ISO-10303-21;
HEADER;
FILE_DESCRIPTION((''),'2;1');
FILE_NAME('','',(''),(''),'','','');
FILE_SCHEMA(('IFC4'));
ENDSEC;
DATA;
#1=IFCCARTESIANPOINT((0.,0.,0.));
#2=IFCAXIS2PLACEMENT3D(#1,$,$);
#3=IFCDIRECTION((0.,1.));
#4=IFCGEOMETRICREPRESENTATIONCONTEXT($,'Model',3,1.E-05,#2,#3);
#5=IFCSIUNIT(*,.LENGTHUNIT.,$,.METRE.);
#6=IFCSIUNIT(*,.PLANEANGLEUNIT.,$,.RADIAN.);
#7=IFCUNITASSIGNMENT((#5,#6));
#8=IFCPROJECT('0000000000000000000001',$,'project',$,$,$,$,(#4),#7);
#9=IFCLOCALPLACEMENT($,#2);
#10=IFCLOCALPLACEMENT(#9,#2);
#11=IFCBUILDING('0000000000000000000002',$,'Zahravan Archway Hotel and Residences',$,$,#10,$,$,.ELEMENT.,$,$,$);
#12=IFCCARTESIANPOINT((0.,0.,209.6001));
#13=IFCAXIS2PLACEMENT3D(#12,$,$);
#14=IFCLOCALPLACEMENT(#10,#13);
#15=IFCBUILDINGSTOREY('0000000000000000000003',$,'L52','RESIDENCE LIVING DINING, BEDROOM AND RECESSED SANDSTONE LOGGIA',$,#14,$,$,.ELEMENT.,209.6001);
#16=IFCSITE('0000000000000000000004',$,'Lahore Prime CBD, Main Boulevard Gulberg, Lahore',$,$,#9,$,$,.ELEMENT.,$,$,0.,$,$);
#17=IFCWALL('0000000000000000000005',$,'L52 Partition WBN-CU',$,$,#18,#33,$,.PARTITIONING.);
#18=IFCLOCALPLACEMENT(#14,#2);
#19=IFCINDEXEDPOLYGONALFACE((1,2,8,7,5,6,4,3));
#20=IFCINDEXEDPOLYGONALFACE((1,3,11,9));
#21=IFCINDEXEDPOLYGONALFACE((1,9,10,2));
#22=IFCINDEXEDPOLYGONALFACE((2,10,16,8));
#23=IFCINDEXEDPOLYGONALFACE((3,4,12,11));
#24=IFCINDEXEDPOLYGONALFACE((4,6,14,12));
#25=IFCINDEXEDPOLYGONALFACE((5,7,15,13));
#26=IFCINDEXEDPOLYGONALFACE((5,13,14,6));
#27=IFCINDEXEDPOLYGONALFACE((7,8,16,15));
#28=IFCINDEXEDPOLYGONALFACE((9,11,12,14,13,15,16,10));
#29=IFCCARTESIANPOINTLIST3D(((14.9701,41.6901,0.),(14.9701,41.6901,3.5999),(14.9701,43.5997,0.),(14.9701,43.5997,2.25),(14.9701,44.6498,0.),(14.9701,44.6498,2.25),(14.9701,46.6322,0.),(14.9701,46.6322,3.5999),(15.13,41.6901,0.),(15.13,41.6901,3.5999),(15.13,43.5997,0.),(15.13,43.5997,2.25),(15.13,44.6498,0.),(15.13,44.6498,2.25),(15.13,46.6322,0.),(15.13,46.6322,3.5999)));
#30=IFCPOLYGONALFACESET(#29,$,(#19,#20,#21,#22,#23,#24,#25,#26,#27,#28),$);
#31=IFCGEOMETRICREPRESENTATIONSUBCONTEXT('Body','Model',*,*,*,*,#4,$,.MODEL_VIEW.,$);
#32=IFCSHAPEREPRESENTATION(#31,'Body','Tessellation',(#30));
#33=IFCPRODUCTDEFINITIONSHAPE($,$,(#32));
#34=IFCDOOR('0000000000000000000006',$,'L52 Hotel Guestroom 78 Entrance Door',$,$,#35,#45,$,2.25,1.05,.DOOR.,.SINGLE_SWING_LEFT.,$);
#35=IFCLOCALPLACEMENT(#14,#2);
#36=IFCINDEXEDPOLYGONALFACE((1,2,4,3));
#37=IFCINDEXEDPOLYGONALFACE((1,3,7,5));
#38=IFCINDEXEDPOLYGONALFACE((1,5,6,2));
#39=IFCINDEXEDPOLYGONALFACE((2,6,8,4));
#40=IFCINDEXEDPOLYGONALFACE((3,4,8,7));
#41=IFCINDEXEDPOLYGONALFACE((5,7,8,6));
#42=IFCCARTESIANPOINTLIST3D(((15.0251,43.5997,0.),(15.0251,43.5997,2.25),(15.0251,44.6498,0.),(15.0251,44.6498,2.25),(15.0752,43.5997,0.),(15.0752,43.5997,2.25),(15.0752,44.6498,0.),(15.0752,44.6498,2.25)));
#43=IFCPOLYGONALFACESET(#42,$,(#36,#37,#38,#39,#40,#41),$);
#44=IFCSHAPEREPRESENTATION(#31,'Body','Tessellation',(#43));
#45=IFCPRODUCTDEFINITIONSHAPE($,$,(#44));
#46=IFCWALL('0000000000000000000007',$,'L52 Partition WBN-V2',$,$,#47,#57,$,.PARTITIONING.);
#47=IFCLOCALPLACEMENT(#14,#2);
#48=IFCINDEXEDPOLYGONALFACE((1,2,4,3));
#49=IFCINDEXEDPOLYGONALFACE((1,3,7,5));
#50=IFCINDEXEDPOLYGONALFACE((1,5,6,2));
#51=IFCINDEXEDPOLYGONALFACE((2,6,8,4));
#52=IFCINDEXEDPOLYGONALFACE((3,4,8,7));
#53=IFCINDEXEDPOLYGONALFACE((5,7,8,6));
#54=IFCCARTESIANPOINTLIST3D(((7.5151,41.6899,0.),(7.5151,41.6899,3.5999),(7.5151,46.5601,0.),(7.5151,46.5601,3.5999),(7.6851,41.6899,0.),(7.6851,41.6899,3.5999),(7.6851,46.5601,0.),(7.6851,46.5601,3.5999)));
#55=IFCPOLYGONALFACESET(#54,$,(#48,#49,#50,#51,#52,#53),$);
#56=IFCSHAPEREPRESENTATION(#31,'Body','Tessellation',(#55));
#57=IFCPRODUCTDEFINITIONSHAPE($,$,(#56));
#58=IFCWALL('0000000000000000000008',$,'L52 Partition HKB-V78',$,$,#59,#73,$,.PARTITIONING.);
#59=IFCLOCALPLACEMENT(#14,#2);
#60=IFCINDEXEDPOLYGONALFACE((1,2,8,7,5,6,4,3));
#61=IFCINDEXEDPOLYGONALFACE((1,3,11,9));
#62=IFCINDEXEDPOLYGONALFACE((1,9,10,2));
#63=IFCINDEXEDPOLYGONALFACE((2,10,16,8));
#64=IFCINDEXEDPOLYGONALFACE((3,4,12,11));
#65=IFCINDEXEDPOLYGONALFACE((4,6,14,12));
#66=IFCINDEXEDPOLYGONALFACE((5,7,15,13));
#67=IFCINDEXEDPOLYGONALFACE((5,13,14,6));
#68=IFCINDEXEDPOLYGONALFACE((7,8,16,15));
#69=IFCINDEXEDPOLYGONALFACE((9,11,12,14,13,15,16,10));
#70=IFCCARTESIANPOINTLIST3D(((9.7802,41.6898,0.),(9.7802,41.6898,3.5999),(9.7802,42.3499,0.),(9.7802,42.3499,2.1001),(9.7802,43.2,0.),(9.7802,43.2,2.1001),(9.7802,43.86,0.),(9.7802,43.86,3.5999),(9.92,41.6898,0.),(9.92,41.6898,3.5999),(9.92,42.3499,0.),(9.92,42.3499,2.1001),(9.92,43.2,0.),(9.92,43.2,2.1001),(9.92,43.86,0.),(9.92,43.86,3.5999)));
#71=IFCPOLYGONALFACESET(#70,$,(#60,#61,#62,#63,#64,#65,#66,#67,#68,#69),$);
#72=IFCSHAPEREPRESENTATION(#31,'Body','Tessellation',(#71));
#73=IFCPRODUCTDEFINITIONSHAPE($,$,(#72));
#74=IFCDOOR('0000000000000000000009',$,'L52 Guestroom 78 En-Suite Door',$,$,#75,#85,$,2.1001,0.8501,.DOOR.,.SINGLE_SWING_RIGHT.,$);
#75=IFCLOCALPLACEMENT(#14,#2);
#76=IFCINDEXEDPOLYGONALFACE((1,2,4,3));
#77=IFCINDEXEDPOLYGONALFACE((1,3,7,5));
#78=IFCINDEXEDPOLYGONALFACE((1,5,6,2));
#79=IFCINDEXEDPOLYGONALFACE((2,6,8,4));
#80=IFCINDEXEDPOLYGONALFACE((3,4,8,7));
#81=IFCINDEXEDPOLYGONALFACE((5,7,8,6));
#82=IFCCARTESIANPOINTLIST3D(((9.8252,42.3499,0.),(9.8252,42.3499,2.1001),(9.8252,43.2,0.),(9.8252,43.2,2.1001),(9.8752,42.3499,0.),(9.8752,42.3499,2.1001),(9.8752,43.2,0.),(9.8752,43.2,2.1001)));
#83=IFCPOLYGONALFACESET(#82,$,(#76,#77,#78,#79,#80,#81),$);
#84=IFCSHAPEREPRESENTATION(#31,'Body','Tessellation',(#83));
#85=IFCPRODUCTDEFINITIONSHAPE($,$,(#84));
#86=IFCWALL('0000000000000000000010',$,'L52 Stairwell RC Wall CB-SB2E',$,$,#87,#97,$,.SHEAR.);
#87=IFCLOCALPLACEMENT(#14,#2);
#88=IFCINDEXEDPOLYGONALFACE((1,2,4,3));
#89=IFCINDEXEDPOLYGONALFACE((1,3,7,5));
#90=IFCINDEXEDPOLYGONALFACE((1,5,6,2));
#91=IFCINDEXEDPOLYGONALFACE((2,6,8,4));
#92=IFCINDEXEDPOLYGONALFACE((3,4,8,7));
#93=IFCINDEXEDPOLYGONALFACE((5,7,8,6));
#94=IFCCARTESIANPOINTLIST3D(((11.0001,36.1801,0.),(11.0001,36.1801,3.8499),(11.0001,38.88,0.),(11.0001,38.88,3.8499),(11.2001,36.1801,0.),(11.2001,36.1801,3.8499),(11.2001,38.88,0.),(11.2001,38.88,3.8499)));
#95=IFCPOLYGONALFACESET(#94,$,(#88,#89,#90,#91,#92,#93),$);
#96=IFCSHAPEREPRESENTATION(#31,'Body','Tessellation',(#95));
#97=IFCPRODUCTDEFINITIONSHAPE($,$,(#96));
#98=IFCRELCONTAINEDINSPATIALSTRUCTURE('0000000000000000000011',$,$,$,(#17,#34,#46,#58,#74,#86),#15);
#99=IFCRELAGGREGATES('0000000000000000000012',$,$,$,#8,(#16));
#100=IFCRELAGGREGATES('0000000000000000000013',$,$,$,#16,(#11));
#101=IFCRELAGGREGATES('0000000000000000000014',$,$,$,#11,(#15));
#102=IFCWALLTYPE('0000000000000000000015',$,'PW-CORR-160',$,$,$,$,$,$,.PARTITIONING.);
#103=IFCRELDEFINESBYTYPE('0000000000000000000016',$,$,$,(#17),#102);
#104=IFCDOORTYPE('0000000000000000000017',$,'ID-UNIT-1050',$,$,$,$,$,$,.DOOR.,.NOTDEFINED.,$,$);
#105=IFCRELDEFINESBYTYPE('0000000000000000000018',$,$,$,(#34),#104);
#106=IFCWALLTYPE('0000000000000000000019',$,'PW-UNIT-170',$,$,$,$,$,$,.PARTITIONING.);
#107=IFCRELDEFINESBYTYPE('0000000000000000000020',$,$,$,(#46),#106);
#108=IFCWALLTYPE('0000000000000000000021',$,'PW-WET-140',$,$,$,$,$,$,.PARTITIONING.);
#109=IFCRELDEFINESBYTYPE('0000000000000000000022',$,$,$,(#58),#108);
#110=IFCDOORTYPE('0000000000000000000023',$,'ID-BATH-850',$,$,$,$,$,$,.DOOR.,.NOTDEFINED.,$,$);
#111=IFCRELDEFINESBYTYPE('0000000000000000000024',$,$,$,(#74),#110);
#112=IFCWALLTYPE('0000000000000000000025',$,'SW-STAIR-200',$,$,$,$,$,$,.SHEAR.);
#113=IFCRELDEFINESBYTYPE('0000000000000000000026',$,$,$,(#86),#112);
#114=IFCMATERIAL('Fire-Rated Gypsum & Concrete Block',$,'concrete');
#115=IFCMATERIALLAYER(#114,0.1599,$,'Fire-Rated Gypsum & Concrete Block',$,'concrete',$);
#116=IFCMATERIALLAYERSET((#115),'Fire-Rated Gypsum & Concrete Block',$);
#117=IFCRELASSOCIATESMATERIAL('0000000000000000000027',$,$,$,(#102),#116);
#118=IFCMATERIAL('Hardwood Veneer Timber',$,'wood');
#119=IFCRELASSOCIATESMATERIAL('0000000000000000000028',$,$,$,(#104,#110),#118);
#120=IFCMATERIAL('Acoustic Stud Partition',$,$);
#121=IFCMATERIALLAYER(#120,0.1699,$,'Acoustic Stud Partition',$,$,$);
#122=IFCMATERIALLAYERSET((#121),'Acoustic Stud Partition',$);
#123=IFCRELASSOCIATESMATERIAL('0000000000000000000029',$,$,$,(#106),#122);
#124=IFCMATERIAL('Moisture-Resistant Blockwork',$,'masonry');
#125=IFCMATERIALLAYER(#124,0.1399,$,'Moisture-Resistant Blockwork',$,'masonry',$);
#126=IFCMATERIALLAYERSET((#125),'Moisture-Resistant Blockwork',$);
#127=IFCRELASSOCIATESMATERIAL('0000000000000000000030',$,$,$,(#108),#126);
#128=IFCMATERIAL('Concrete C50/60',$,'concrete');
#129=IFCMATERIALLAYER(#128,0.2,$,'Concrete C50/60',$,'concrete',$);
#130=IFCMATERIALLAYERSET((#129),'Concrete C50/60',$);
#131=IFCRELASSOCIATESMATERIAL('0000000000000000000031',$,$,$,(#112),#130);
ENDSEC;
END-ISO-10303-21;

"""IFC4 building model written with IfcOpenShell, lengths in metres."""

from ifc_helpers import new_model, si_unit, direction, frame, frame_2d, origin, place, context, subcontext, project, spatial, rectangle, extrude, source, transform, mapped, material, layer, layer_set, type_object, type_shapes, element, fill, save


model = new_model("IFC4")

# Units and contexts
model_context = context("Model", 3, precision=1e-05, world=origin(), true_north=direction((0.0, 1.0)))
body_context = subcontext(model_context, "Body", "Model", "MODEL_VIEW")
ifc_project = project(units=[si_unit("LENGTHUNIT", "METRE"), si_unit("PLANEANGLEUNIT", "RADIAN")], contexts=[model_context])

# Site, building, storey
site_placement = place(None, origin())
site = spatial("IfcSite", under=ifc_project, at=site_placement, Name="Lahore Prime CBD, Main Boulevard Gulberg, Lahore", CompositionType="ELEMENT", RefElevation=0.0)
building_placement = place(site_placement, origin())
building = spatial("IfcBuilding", under=site, at=building_placement, Name="Zahravan Archway Hotel and Residences", CompositionType="ELEMENT")
storey_placement = place(building_placement, frame((0.0, 0.0, 209.6001)))
storey = spatial("IfcBuildingStorey", under=building, at=storey_placement, Name="L52", Description="RESIDENCE LIVING DINING, BEDROOM AND RECESSED SANDSTONE LOGGIA", CompositionType="ELEMENT", Elevation=209.6001)

# Wall, opening, door
ifc_material_1 = material(Name="Fire-Rated Gypsum & Concrete Block", Category="concrete")
ifc_layer_1 = layer(ifc_material_1, 0.1599, Name="Fire-Rated Gypsum & Concrete Block", Category="concrete")
ifc_layer_set_1 = layer_set([ifc_layer_1], Name="Fire-Rated Gypsum & Concrete Block")
wall_type_1 = type_object("IfcWallType", Name="PW-CORR-160", PredefinedType="PARTITIONING", material=ifc_layer_set_1)
wall_1_placement = place(storey_placement, frame((15.05, 41.6899, 0.0), z_axis=(0.0, 0.0, 1.0), x_axis=(0.0, 1.0, 0.0)))
wall_1 = element("IfcWall", 1, at=wall_1_placement, inside=storey, type_object=wall_type_1, Name="L52 Partition WBN-CU", PredefinedType="PARTITIONING", context=body_context, shape_type="SweptSolid", body=[
    extrude(rectangle(XDim=4.9421, YDim=0.1599, at=frame_2d((2.4712, 0.0))), origin(), (0.0, 0.0, 1.0), 3.5999),
])
opening_1_placement = place(wall_1_placement, frame((1.9099, 0.0, 0.0)))
opening_1 = element("IfcOpeningElement", 2, at=opening_1_placement, cuts=wall_1, PredefinedType="OPENING", context=body_context, shape_type="SweptSolid", body=[
    extrude(rectangle(XDim=1.05, YDim=2.25, at=frame_2d((0.5249, 1.125))), frame((0.0, 0.0898, 0.0), z_axis=(0.0, -1.0, 0.0), x_axis=(1.0, 0.0, 0.0)), (0.0, 0.0, 1.0), 0.1799),
])
ifc_material_2 = material(Name="Hardwood Veneer Timber", Category="wood")
door_type_1 = type_object("IfcDoorType", Name="ID-UNIT-1050", OperationType="NOTDEFINED", PredefinedType="DOOR", material=ifc_material_2)
shared_shape_1 = source(origin(), body_context, "Body", "SweptSolid", [
    extrude(rectangle(XDim=1.05, YDim=2.25, at=frame_2d((0.5249, 1.125))), frame((0.0, 0.0249, 0.0), z_axis=(0.0, -1.0, 0.0), x_axis=(1.0, 0.0, 0.0)), (0.0, 0.0, 1.0), 0.05),
])
type_shapes(door_type_1, [shared_shape_1])
door_1_placement = place(opening_1_placement, origin())
door_1 = element("IfcDoor", 3, at=door_1_placement, inside=storey, type_object=door_type_1, Name="L52 Hotel Guestroom 78 Entrance Door", OperationType="SINGLE_SWING_LEFT", OverallHeight=2.25, OverallWidth=1.05, PredefinedType="DOOR", context=body_context, shape_type="MappedRepresentation", body=[
    mapped(shared_shape_1, transform((0.0, 0.0, 0.0), scale=1.0)),
])
fill(opening_1, door_1)

# Wall
ifc_material_3 = material(Name="Acoustic Stud Partition")
ifc_layer_2 = layer(ifc_material_3, 0.1699, Name="Acoustic Stud Partition")
ifc_layer_set_2 = layer_set([ifc_layer_2], Name="Acoustic Stud Partition")
wall_type_2 = type_object("IfcWallType", Name="PW-UNIT-170", PredefinedType="PARTITIONING", material=ifc_layer_set_2)
wall_2_placement = place(storey_placement, frame((7.6001, 41.6899, 0.0), z_axis=(0.0, 0.0, 1.0), x_axis=(0.0, 1.0, 0.0)))
element("IfcWall", 4, at=wall_2_placement, inside=storey, type_object=wall_type_2, Name="L52 Partition WBN-V2", PredefinedType="PARTITIONING", context=body_context, shape_type="SweptSolid", body=[
    extrude(rectangle(XDim=4.8701, YDim=0.1699, at=frame_2d((2.4351, 0.0))), origin(), (0.0, 0.0, 1.0), 3.5999),
])
ifc_material_4 = material(Name="Moisture-Resistant Blockwork", Category="masonry")
ifc_layer_3 = layer(ifc_material_4, 0.1399, Name="Moisture-Resistant Blockwork", Category="masonry")
ifc_layer_set_3 = layer_set([ifc_layer_3], Name="Moisture-Resistant Blockwork")
wall_type_3 = type_object("IfcWallType", Name="PW-WET-140", PredefinedType="PARTITIONING", material=ifc_layer_set_3)

# Wall, opening, door
wall_3_placement = place(storey_placement, frame((9.8501, 41.6899, 0.0), z_axis=(0.0, 0.0, 1.0), x_axis=(0.0, 1.0, 0.0)))
wall_3 = element("IfcWall", 5, at=wall_3_placement, inside=storey, type_object=wall_type_3, Name="L52 Partition HKB-V78", PredefinedType="PARTITIONING", context=body_context, shape_type="SweptSolid", body=[
    extrude(rectangle(XDim=2.1702, YDim=0.1399, at=frame_2d((1.085, 0.0))), origin(), (0.0, 0.0, 1.0), 3.5999),
])
opening_2_placement = place(wall_3_placement, frame((0.6599, 0.0, 0.0)))
opening_2 = element("IfcOpeningElement", 6, at=opening_2_placement, cuts=wall_3, PredefinedType="OPENING", context=body_context, shape_type="SweptSolid", body=[
    extrude(rectangle(XDim=0.8501, YDim=2.1001, at=frame_2d((0.425, 1.05))), frame((0.0, 0.0801, 0.0), z_axis=(0.0, -1.0, 0.0), x_axis=(1.0, 0.0, 0.0)), (0.0, 0.0, 1.0), 0.1599),
])
door_type_2 = type_object("IfcDoorType", Name="ID-BATH-850", OperationType="NOTDEFINED", PredefinedType="DOOR", material=ifc_material_2)
shared_shape_2 = source(origin(), body_context, "Body", "SweptSolid", [
    extrude(rectangle(XDim=0.8501, YDim=2.1001, at=frame_2d((0.425, 1.05))), frame((0.0, 0.0249, 0.0), z_axis=(0.0, -1.0, 0.0), x_axis=(1.0, 0.0, 0.0)), (0.0, 0.0, 1.0), 0.05),
])
type_shapes(door_type_2, [shared_shape_2])
door_2_placement = place(opening_2_placement, origin())
door_2 = element("IfcDoor", 7, at=door_2_placement, inside=storey, type_object=door_type_2, Name="L52 Guestroom 78 En-Suite Door", OperationType="SINGLE_SWING_RIGHT", OverallHeight=2.1001, OverallWidth=0.8501, PredefinedType="DOOR", context=body_context, shape_type="MappedRepresentation", body=[
    mapped(shared_shape_2, transform((0.0, 0.0, 0.0), scale=1.0)),
])
fill(opening_2, door_2)

# Wall
ifc_material_5 = material(Name="Concrete C50/60", Category="concrete")
ifc_layer_4 = layer(ifc_material_5, 0.2, Name="Concrete C50/60", Category="concrete")
ifc_layer_set_4 = layer_set([ifc_layer_4], Name="Concrete C50/60")
wall_type_4 = type_object("IfcWallType", Name="SW-STAIR-200", PredefinedType="SHEAR", material=ifc_layer_set_4)
wall_4_placement = place(storey_placement, frame((11.1001, 36.1799, 0.0), z_axis=(0.0, 0.0, 1.0), x_axis=(0.0, 1.0, 0.0)))
element("IfcWall", 8, at=wall_4_placement, inside=storey, type_object=wall_type_4, Name="L52 Stairwell RC Wall CB-SB2E", PredefinedType="SHEAR", context=body_context, shape_type="SweptSolid", body=[
    extrude(rectangle(XDim=2.7, YDim=0.2, at=frame_2d((1.3501, 0.0))), origin(), (0.0, 0.0, 1.0), 3.8499),
])

save(model, "model.ifc")
